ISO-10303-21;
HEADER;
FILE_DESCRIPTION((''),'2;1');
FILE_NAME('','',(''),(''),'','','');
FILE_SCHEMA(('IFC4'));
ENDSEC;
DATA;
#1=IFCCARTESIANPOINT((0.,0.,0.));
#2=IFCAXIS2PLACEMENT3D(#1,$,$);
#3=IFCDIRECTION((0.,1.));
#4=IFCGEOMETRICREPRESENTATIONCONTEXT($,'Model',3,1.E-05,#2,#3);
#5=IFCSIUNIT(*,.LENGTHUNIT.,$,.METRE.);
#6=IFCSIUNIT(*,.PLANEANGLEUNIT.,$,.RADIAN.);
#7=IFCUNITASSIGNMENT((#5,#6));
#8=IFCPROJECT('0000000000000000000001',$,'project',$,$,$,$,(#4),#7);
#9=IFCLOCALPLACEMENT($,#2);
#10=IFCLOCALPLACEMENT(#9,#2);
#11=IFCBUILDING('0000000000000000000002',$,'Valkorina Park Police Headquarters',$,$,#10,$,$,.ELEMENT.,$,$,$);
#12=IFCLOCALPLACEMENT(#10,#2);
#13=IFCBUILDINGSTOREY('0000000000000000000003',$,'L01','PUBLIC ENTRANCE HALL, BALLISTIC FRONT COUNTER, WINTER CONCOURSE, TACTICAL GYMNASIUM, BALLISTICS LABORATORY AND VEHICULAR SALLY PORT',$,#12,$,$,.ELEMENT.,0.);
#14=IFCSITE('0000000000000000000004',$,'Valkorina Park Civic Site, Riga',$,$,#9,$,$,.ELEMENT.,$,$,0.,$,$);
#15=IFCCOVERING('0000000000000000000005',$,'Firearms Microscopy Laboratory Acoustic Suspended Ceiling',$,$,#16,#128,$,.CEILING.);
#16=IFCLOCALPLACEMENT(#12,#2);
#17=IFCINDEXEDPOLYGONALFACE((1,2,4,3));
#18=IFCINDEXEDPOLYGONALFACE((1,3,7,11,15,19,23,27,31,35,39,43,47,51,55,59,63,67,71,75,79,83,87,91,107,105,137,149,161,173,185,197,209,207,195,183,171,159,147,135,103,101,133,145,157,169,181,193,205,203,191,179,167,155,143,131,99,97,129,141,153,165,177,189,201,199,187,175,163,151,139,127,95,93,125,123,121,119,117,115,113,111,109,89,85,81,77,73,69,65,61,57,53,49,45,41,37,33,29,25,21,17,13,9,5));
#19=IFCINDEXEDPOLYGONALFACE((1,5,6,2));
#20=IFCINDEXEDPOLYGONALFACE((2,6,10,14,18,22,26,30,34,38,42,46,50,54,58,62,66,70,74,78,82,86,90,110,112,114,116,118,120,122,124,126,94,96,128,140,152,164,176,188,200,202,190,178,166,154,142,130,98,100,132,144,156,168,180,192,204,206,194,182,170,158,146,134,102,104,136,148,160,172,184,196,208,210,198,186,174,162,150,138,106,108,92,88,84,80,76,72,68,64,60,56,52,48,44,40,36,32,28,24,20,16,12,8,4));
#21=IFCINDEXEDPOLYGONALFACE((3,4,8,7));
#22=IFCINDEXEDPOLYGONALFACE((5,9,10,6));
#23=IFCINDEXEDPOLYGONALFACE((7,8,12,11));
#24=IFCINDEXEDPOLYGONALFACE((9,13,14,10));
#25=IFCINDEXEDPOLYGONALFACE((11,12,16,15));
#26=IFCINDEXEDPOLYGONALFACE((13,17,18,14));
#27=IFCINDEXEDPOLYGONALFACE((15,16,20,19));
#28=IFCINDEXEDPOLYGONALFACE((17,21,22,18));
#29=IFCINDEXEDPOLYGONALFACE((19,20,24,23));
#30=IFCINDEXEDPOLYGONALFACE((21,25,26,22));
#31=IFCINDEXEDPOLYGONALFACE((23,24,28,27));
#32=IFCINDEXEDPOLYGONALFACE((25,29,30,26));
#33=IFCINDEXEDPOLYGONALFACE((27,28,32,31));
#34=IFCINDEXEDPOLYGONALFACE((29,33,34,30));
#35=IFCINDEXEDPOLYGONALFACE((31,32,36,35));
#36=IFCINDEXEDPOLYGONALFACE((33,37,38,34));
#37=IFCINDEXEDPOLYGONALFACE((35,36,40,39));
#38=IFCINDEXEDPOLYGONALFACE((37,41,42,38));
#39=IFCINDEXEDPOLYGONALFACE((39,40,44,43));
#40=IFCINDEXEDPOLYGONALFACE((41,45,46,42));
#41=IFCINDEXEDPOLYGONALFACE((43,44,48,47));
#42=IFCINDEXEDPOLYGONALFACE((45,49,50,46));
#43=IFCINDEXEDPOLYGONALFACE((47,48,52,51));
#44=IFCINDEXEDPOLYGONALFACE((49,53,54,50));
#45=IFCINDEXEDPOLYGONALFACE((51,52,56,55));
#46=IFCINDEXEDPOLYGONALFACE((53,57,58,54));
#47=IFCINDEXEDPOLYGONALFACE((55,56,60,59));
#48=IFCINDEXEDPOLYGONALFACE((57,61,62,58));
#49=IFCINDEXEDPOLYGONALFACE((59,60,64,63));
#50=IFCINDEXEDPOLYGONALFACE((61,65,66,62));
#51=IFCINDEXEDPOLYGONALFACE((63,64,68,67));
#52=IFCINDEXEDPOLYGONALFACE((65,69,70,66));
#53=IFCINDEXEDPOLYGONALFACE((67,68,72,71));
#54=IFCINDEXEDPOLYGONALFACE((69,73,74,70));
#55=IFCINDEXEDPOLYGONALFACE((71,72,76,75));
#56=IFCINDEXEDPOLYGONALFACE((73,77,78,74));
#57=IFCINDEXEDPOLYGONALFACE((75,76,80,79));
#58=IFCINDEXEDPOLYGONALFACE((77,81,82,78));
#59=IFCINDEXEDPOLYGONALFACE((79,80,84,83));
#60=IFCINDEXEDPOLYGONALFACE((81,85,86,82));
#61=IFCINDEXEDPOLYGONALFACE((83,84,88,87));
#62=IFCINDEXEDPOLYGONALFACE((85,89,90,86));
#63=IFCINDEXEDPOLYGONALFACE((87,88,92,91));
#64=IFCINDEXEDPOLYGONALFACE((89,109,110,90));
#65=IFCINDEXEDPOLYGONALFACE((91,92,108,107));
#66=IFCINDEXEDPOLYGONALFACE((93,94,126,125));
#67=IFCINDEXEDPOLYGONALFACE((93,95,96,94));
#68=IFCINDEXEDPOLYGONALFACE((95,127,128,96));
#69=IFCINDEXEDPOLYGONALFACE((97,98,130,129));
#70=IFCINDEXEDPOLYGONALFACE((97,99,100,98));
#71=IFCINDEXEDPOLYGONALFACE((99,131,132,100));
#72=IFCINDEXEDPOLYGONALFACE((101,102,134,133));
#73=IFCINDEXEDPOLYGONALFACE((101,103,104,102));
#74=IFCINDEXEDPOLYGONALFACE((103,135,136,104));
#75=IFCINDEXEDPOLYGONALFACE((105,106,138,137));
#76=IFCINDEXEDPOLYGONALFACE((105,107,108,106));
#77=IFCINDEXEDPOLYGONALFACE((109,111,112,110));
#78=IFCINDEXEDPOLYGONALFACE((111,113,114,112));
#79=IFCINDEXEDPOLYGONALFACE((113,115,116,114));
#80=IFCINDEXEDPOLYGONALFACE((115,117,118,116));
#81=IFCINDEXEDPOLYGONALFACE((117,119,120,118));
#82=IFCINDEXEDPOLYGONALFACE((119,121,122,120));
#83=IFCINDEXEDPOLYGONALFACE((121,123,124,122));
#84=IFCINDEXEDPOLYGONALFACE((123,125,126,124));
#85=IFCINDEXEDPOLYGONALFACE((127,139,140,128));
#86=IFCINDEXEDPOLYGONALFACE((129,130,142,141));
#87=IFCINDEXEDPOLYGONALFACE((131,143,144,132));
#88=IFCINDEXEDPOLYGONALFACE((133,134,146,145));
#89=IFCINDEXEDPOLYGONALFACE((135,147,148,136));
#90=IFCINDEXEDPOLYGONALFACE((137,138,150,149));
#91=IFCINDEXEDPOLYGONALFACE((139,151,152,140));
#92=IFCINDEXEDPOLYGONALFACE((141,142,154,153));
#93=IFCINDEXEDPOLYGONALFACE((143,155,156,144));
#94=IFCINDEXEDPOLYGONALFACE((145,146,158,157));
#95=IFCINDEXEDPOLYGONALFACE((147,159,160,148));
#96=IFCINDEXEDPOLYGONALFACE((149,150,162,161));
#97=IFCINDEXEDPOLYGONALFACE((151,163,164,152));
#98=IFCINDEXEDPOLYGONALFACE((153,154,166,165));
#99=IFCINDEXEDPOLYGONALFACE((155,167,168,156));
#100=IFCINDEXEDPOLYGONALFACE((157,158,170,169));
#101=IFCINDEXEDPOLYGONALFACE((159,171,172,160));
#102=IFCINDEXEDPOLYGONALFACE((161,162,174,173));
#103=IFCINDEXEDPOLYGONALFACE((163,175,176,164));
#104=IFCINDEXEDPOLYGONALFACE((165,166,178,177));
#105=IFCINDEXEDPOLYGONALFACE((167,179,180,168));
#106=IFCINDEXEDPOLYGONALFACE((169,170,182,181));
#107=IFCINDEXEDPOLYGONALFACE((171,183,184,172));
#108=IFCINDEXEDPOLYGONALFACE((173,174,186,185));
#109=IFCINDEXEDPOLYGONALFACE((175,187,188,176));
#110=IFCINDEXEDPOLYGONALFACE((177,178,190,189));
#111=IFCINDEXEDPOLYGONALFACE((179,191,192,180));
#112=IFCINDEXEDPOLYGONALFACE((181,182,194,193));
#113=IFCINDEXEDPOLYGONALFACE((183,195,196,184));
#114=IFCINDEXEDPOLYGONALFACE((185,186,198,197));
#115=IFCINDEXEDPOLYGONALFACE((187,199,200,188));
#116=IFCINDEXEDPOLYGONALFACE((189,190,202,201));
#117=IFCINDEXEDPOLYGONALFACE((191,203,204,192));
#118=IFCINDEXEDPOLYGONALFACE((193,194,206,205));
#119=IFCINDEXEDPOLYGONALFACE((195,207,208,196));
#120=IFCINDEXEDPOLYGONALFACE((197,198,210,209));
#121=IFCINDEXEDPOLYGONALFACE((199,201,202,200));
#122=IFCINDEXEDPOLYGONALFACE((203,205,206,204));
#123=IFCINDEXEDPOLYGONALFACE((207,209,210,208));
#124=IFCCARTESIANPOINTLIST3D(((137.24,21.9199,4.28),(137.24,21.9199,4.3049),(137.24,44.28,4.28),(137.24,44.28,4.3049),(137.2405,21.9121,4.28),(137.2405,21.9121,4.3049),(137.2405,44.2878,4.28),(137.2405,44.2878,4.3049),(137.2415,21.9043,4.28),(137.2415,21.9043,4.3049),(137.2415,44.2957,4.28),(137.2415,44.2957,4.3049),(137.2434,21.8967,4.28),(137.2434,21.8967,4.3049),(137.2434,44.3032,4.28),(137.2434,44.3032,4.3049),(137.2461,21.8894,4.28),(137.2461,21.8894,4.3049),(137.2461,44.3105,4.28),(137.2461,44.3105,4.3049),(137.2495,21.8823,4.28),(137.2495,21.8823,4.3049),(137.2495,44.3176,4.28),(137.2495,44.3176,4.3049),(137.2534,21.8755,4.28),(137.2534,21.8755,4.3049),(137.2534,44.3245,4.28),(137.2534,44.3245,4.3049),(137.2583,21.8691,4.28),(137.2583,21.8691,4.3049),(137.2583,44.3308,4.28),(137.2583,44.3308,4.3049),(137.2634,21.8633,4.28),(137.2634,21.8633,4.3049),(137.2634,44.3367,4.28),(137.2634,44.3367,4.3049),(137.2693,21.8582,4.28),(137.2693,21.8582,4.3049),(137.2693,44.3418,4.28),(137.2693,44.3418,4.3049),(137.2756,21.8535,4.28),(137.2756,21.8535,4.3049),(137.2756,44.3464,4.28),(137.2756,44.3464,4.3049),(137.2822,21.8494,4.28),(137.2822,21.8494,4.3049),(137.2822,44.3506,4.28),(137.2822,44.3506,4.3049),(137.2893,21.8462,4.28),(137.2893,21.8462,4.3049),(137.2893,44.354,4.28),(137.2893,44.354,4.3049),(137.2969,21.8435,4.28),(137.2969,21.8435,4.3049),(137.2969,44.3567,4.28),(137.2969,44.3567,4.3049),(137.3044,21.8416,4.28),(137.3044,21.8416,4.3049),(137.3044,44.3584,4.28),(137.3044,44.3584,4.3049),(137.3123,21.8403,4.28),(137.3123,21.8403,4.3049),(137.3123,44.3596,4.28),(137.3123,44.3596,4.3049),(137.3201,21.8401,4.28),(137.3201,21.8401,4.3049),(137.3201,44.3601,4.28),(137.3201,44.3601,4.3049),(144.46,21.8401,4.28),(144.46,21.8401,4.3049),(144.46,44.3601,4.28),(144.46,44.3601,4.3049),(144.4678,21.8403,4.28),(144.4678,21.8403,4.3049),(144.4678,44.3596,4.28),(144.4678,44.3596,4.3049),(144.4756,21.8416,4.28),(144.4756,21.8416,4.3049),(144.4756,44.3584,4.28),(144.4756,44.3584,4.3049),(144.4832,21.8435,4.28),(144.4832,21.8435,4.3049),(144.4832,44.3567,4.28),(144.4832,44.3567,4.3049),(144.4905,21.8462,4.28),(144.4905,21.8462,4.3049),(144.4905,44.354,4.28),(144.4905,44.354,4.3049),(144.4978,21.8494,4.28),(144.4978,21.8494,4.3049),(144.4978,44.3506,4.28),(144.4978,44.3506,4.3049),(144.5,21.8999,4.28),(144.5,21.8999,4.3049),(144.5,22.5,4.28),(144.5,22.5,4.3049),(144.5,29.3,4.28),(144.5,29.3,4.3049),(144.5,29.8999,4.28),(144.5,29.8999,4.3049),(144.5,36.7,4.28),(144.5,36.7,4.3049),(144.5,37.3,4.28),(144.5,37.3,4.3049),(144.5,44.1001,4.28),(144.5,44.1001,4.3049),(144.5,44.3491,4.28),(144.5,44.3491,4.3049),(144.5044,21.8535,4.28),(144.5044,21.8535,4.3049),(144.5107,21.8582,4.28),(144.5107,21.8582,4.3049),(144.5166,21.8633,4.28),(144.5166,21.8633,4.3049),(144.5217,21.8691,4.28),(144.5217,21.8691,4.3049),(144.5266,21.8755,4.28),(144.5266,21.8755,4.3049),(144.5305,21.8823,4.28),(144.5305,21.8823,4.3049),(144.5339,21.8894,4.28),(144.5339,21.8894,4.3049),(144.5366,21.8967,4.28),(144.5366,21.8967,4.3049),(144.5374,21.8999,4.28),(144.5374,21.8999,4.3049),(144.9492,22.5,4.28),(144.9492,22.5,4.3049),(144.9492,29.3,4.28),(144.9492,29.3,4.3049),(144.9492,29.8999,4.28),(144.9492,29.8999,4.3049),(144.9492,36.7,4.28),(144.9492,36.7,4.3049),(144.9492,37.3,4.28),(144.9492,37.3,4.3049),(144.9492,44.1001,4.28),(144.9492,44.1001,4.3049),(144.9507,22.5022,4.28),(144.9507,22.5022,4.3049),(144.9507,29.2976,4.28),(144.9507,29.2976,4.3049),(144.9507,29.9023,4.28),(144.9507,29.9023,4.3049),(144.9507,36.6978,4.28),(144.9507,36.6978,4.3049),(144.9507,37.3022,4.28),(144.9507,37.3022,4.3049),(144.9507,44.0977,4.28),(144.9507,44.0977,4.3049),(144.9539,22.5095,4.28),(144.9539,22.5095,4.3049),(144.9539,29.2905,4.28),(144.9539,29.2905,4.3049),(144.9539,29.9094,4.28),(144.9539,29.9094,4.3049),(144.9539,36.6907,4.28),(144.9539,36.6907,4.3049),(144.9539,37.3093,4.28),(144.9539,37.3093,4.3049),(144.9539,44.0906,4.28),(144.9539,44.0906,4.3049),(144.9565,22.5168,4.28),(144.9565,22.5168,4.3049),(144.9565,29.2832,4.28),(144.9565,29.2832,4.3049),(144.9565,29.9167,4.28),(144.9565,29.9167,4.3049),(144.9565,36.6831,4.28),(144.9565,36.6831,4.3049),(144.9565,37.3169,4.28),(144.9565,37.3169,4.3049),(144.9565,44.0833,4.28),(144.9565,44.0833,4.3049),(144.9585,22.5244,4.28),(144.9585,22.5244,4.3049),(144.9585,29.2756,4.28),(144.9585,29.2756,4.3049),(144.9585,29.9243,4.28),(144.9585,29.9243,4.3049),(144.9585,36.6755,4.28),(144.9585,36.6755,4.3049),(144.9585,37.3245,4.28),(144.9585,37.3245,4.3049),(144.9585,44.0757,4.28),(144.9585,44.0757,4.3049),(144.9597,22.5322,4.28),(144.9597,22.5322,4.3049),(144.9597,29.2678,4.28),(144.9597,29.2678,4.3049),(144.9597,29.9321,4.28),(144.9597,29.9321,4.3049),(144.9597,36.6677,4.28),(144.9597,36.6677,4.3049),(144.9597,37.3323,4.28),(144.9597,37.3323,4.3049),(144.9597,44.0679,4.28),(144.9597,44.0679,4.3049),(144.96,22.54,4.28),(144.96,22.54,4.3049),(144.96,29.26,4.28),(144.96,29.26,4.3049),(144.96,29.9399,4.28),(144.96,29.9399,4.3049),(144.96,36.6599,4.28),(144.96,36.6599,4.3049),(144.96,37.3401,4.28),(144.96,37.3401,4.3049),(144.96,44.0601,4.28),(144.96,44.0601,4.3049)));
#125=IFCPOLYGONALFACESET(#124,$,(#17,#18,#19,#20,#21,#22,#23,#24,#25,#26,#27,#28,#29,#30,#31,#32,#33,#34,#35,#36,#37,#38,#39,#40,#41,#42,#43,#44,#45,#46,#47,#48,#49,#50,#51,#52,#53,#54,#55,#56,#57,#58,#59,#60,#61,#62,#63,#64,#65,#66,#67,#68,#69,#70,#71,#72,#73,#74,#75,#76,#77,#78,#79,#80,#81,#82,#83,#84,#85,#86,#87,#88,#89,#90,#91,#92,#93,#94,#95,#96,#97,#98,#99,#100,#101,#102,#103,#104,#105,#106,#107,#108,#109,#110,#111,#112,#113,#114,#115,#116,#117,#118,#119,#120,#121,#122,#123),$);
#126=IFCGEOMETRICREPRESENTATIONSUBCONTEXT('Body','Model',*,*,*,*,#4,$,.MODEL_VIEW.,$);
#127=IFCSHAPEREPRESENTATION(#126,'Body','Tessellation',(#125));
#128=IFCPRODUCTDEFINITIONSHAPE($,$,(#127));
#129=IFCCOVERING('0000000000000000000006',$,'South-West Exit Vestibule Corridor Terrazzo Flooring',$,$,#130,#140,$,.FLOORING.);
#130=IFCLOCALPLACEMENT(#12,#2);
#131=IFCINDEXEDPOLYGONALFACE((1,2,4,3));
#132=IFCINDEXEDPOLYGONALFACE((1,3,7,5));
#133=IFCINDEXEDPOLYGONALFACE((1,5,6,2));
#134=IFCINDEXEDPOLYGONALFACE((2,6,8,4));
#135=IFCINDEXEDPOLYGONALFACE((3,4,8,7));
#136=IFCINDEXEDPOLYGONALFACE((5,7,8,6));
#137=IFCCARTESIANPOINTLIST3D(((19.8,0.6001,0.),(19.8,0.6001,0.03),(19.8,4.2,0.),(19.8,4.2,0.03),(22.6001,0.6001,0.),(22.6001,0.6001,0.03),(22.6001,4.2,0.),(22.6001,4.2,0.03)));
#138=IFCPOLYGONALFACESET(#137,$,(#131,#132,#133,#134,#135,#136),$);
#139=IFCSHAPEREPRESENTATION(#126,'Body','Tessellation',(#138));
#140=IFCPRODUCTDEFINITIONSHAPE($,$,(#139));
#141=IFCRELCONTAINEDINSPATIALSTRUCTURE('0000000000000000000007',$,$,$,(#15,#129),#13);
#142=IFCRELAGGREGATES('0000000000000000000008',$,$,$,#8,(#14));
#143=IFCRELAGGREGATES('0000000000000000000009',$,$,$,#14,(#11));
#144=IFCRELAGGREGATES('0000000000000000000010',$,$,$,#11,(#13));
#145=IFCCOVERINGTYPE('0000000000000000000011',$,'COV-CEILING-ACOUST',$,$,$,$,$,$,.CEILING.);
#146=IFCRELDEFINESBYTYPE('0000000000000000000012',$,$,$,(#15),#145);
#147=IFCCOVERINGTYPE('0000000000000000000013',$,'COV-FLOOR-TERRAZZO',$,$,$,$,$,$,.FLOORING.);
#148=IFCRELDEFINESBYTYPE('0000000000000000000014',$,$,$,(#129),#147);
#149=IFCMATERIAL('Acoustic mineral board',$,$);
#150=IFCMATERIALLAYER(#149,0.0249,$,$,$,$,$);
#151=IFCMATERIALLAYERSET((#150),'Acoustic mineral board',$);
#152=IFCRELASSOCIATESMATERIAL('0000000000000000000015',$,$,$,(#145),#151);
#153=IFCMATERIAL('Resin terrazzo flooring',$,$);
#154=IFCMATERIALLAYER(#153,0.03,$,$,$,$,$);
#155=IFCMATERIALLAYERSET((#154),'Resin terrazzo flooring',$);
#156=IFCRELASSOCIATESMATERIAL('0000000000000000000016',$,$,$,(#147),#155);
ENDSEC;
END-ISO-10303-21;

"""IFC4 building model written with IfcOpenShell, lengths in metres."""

from ifc_helpers import new_model, si_unit, direction, frame, origin, place, context, subcontext, project, spatial, polyline, outline, extrude, material, layer, layer_set, type_object, element, save


model = new_model("IFC4")

# Units and contexts
model_context = context("Model", 3, precision=1e-05, world=origin(), true_north=direction((0.0, 1.0)))
body_context = subcontext(model_context, "Body", "Model", "MODEL_VIEW")
ifc_project = project(units=[si_unit("LENGTHUNIT", "METRE"), si_unit("PLANEANGLEUNIT", "RADIAN")], contexts=[model_context])

# Site, building, storey
site_placement = place(None, origin())
site = spatial("IfcSite", under=ifc_project, at=site_placement, Name="Valkorina Park Civic Site, Riga", CompositionType="ELEMENT", RefElevation=0.0)
building_placement = place(site_placement, origin())
building = spatial("IfcBuilding", under=site, at=building_placement, Name="Valkorina Park Police Headquarters", CompositionType="ELEMENT")
storey_placement = place(building_placement, origin())
storey = spatial("IfcBuildingStorey", under=building, at=storey_placement, Name="L01", Description="PUBLIC ENTRANCE HALL, BALLISTIC FRONT COUNTER, WINTER CONCOURSE, TACTICAL GYMNASIUM, BALLISTICS LABORATORY AND VEHICULAR SALLY PORT", CompositionType="ELEMENT", Elevation=0.0)

# Coverings
ifc_material_1 = material(Name="Acoustic mineral board")
ifc_layer_1 = layer(ifc_material_1, 0.0249)
ifc_layer_set_1 = layer_set([ifc_layer_1], Name="Acoustic mineral board")
covering_type_1 = type_object("IfcCoveringType", Name="COV-CEILING-ACOUST", PredefinedType="CEILING", material=ifc_layer_set_1)
covering_1_placement = place(storey_placement, frame((0.0, 0.0, 4.28)))
element("IfcCovering", 1, at=covering_1_placement, inside=storey, type_object=covering_type_1, Name="Firearms Microscopy Laboratory Acoustic Suspended Ceiling", PredefinedType="CEILING", context=body_context, shape_type="SweptSolid", body=[
    extrude(outline(polyline([(144.9585, 37.3245), (144.9597, 37.3323), (144.96, 37.3401), (144.96, 44.0601), (144.9597, 44.0679), (144.9585, 44.0757), (144.9565, 44.0833), (144.9539, 44.0906), (144.9507, 44.0977), (144.9492, 44.1001), (144.5, 44.1001), (144.5, 44.3491), (144.4978, 44.3506), (144.4905, 44.354), (144.4832, 44.3567), (144.4756, 44.3584), (144.4678, 44.3596), (144.46, 44.3601), (137.3201, 44.3601), (137.3123, 44.3596), (137.3044, 44.3584), (137.2969, 44.3567), (137.2893, 44.354), (137.2822, 44.3506), (137.2756, 44.3464), (137.2693, 44.3418), (137.2634, 44.3367), (137.2583, 44.3308), (137.2534, 44.3245), (137.2495, 44.3176), (137.2461, 44.3105), (137.2434, 44.3032), (137.2415, 44.2957), (137.2405, 44.2878), (137.24, 44.28), (137.24, 21.9199), (137.2405, 21.9121), (137.2415, 21.9043), (137.2434, 21.8967), (137.2461, 21.8894), (137.2495, 21.8823), (137.2534, 21.8755), (137.2583, 21.8691), (137.2634, 21.8633), (137.2693, 21.8582), (137.2756, 21.8535), (137.2822, 21.8494), (137.2893, 21.8462), (137.2969, 21.8435), (137.3044, 21.8416), (137.3123, 21.8403), (137.3201, 21.8401), (144.46, 21.8401), (144.4678, 21.8403), (144.4756, 21.8416), (144.4832, 21.8435), (144.4905, 21.8462), (144.4978, 21.8494), (144.5044, 21.8535), (144.5107, 21.8582), (144.5166, 21.8633), (144.5217, 21.8691), (144.5266, 21.8755), (144.5305, 21.8823), (144.5339, 21.8894), (144.5366, 21.8967), (144.5374, 21.8999), (144.5, 21.8999), (144.5, 22.5), (144.9492, 22.5), (144.9507, 22.5022), (144.9539, 22.5095), (144.9565, 22.5168), (144.9585, 22.5244), (144.9597, 22.5322), (144.96, 22.54), (144.96, 29.26), (144.9597, 29.2678), (144.9585, 29.2756), (144.9565, 29.2832), (144.9539, 29.2905), (144.9507, 29.2976), (144.9492, 29.3), (144.5, 29.3), (144.5, 29.8999), (144.9492, 29.8999), (144.9507, 29.9023), (144.9539, 29.9094), (144.9565, 29.9167), (144.9585, 29.9243), (144.9597, 29.9321), (144.96, 29.9399), (144.96, 36.6599), (144.9597, 36.6677), (144.9585, 36.6755), (144.9565, 36.6831), (144.9539, 36.6907), (144.9507, 36.6978), (144.9492, 36.7), (144.5, 36.7), (144.5, 37.3), (144.9492, 37.3), (144.9507, 37.3022), (144.9539, 37.3093), (144.9565, 37.3169), (144.9585, 37.3245)])), origin(), (0.0, 0.0, 1.0), 0.0249),
])
ifc_material_2 = material(Name="Resin terrazzo flooring")
ifc_layer_2 = layer(ifc_material_2, 0.03)
ifc_layer_set_2 = layer_set([ifc_layer_2], Name="Resin terrazzo flooring")
covering_type_2 = type_object("IfcCoveringType", Name="COV-FLOOR-TERRAZZO", PredefinedType="FLOORING", material=ifc_layer_set_2)
covering_2_placement = place(storey_placement, origin())
element("IfcCovering", 2, at=covering_2_placement, inside=storey, type_object=covering_type_2, Name="South-West Exit Vestibule Corridor Terrazzo Flooring", PredefinedType="FLOORING", context=body_context, shape_type="SweptSolid", body=[
    extrude(outline(polyline([(22.6001, 4.2), (19.8, 4.2), (19.8, 0.6001), (22.6001, 0.6001), (22.6001, 4.2)])), origin(), (0.0, 0.0, 1.0), 0.03),
])

save(model, "model.ifc")
